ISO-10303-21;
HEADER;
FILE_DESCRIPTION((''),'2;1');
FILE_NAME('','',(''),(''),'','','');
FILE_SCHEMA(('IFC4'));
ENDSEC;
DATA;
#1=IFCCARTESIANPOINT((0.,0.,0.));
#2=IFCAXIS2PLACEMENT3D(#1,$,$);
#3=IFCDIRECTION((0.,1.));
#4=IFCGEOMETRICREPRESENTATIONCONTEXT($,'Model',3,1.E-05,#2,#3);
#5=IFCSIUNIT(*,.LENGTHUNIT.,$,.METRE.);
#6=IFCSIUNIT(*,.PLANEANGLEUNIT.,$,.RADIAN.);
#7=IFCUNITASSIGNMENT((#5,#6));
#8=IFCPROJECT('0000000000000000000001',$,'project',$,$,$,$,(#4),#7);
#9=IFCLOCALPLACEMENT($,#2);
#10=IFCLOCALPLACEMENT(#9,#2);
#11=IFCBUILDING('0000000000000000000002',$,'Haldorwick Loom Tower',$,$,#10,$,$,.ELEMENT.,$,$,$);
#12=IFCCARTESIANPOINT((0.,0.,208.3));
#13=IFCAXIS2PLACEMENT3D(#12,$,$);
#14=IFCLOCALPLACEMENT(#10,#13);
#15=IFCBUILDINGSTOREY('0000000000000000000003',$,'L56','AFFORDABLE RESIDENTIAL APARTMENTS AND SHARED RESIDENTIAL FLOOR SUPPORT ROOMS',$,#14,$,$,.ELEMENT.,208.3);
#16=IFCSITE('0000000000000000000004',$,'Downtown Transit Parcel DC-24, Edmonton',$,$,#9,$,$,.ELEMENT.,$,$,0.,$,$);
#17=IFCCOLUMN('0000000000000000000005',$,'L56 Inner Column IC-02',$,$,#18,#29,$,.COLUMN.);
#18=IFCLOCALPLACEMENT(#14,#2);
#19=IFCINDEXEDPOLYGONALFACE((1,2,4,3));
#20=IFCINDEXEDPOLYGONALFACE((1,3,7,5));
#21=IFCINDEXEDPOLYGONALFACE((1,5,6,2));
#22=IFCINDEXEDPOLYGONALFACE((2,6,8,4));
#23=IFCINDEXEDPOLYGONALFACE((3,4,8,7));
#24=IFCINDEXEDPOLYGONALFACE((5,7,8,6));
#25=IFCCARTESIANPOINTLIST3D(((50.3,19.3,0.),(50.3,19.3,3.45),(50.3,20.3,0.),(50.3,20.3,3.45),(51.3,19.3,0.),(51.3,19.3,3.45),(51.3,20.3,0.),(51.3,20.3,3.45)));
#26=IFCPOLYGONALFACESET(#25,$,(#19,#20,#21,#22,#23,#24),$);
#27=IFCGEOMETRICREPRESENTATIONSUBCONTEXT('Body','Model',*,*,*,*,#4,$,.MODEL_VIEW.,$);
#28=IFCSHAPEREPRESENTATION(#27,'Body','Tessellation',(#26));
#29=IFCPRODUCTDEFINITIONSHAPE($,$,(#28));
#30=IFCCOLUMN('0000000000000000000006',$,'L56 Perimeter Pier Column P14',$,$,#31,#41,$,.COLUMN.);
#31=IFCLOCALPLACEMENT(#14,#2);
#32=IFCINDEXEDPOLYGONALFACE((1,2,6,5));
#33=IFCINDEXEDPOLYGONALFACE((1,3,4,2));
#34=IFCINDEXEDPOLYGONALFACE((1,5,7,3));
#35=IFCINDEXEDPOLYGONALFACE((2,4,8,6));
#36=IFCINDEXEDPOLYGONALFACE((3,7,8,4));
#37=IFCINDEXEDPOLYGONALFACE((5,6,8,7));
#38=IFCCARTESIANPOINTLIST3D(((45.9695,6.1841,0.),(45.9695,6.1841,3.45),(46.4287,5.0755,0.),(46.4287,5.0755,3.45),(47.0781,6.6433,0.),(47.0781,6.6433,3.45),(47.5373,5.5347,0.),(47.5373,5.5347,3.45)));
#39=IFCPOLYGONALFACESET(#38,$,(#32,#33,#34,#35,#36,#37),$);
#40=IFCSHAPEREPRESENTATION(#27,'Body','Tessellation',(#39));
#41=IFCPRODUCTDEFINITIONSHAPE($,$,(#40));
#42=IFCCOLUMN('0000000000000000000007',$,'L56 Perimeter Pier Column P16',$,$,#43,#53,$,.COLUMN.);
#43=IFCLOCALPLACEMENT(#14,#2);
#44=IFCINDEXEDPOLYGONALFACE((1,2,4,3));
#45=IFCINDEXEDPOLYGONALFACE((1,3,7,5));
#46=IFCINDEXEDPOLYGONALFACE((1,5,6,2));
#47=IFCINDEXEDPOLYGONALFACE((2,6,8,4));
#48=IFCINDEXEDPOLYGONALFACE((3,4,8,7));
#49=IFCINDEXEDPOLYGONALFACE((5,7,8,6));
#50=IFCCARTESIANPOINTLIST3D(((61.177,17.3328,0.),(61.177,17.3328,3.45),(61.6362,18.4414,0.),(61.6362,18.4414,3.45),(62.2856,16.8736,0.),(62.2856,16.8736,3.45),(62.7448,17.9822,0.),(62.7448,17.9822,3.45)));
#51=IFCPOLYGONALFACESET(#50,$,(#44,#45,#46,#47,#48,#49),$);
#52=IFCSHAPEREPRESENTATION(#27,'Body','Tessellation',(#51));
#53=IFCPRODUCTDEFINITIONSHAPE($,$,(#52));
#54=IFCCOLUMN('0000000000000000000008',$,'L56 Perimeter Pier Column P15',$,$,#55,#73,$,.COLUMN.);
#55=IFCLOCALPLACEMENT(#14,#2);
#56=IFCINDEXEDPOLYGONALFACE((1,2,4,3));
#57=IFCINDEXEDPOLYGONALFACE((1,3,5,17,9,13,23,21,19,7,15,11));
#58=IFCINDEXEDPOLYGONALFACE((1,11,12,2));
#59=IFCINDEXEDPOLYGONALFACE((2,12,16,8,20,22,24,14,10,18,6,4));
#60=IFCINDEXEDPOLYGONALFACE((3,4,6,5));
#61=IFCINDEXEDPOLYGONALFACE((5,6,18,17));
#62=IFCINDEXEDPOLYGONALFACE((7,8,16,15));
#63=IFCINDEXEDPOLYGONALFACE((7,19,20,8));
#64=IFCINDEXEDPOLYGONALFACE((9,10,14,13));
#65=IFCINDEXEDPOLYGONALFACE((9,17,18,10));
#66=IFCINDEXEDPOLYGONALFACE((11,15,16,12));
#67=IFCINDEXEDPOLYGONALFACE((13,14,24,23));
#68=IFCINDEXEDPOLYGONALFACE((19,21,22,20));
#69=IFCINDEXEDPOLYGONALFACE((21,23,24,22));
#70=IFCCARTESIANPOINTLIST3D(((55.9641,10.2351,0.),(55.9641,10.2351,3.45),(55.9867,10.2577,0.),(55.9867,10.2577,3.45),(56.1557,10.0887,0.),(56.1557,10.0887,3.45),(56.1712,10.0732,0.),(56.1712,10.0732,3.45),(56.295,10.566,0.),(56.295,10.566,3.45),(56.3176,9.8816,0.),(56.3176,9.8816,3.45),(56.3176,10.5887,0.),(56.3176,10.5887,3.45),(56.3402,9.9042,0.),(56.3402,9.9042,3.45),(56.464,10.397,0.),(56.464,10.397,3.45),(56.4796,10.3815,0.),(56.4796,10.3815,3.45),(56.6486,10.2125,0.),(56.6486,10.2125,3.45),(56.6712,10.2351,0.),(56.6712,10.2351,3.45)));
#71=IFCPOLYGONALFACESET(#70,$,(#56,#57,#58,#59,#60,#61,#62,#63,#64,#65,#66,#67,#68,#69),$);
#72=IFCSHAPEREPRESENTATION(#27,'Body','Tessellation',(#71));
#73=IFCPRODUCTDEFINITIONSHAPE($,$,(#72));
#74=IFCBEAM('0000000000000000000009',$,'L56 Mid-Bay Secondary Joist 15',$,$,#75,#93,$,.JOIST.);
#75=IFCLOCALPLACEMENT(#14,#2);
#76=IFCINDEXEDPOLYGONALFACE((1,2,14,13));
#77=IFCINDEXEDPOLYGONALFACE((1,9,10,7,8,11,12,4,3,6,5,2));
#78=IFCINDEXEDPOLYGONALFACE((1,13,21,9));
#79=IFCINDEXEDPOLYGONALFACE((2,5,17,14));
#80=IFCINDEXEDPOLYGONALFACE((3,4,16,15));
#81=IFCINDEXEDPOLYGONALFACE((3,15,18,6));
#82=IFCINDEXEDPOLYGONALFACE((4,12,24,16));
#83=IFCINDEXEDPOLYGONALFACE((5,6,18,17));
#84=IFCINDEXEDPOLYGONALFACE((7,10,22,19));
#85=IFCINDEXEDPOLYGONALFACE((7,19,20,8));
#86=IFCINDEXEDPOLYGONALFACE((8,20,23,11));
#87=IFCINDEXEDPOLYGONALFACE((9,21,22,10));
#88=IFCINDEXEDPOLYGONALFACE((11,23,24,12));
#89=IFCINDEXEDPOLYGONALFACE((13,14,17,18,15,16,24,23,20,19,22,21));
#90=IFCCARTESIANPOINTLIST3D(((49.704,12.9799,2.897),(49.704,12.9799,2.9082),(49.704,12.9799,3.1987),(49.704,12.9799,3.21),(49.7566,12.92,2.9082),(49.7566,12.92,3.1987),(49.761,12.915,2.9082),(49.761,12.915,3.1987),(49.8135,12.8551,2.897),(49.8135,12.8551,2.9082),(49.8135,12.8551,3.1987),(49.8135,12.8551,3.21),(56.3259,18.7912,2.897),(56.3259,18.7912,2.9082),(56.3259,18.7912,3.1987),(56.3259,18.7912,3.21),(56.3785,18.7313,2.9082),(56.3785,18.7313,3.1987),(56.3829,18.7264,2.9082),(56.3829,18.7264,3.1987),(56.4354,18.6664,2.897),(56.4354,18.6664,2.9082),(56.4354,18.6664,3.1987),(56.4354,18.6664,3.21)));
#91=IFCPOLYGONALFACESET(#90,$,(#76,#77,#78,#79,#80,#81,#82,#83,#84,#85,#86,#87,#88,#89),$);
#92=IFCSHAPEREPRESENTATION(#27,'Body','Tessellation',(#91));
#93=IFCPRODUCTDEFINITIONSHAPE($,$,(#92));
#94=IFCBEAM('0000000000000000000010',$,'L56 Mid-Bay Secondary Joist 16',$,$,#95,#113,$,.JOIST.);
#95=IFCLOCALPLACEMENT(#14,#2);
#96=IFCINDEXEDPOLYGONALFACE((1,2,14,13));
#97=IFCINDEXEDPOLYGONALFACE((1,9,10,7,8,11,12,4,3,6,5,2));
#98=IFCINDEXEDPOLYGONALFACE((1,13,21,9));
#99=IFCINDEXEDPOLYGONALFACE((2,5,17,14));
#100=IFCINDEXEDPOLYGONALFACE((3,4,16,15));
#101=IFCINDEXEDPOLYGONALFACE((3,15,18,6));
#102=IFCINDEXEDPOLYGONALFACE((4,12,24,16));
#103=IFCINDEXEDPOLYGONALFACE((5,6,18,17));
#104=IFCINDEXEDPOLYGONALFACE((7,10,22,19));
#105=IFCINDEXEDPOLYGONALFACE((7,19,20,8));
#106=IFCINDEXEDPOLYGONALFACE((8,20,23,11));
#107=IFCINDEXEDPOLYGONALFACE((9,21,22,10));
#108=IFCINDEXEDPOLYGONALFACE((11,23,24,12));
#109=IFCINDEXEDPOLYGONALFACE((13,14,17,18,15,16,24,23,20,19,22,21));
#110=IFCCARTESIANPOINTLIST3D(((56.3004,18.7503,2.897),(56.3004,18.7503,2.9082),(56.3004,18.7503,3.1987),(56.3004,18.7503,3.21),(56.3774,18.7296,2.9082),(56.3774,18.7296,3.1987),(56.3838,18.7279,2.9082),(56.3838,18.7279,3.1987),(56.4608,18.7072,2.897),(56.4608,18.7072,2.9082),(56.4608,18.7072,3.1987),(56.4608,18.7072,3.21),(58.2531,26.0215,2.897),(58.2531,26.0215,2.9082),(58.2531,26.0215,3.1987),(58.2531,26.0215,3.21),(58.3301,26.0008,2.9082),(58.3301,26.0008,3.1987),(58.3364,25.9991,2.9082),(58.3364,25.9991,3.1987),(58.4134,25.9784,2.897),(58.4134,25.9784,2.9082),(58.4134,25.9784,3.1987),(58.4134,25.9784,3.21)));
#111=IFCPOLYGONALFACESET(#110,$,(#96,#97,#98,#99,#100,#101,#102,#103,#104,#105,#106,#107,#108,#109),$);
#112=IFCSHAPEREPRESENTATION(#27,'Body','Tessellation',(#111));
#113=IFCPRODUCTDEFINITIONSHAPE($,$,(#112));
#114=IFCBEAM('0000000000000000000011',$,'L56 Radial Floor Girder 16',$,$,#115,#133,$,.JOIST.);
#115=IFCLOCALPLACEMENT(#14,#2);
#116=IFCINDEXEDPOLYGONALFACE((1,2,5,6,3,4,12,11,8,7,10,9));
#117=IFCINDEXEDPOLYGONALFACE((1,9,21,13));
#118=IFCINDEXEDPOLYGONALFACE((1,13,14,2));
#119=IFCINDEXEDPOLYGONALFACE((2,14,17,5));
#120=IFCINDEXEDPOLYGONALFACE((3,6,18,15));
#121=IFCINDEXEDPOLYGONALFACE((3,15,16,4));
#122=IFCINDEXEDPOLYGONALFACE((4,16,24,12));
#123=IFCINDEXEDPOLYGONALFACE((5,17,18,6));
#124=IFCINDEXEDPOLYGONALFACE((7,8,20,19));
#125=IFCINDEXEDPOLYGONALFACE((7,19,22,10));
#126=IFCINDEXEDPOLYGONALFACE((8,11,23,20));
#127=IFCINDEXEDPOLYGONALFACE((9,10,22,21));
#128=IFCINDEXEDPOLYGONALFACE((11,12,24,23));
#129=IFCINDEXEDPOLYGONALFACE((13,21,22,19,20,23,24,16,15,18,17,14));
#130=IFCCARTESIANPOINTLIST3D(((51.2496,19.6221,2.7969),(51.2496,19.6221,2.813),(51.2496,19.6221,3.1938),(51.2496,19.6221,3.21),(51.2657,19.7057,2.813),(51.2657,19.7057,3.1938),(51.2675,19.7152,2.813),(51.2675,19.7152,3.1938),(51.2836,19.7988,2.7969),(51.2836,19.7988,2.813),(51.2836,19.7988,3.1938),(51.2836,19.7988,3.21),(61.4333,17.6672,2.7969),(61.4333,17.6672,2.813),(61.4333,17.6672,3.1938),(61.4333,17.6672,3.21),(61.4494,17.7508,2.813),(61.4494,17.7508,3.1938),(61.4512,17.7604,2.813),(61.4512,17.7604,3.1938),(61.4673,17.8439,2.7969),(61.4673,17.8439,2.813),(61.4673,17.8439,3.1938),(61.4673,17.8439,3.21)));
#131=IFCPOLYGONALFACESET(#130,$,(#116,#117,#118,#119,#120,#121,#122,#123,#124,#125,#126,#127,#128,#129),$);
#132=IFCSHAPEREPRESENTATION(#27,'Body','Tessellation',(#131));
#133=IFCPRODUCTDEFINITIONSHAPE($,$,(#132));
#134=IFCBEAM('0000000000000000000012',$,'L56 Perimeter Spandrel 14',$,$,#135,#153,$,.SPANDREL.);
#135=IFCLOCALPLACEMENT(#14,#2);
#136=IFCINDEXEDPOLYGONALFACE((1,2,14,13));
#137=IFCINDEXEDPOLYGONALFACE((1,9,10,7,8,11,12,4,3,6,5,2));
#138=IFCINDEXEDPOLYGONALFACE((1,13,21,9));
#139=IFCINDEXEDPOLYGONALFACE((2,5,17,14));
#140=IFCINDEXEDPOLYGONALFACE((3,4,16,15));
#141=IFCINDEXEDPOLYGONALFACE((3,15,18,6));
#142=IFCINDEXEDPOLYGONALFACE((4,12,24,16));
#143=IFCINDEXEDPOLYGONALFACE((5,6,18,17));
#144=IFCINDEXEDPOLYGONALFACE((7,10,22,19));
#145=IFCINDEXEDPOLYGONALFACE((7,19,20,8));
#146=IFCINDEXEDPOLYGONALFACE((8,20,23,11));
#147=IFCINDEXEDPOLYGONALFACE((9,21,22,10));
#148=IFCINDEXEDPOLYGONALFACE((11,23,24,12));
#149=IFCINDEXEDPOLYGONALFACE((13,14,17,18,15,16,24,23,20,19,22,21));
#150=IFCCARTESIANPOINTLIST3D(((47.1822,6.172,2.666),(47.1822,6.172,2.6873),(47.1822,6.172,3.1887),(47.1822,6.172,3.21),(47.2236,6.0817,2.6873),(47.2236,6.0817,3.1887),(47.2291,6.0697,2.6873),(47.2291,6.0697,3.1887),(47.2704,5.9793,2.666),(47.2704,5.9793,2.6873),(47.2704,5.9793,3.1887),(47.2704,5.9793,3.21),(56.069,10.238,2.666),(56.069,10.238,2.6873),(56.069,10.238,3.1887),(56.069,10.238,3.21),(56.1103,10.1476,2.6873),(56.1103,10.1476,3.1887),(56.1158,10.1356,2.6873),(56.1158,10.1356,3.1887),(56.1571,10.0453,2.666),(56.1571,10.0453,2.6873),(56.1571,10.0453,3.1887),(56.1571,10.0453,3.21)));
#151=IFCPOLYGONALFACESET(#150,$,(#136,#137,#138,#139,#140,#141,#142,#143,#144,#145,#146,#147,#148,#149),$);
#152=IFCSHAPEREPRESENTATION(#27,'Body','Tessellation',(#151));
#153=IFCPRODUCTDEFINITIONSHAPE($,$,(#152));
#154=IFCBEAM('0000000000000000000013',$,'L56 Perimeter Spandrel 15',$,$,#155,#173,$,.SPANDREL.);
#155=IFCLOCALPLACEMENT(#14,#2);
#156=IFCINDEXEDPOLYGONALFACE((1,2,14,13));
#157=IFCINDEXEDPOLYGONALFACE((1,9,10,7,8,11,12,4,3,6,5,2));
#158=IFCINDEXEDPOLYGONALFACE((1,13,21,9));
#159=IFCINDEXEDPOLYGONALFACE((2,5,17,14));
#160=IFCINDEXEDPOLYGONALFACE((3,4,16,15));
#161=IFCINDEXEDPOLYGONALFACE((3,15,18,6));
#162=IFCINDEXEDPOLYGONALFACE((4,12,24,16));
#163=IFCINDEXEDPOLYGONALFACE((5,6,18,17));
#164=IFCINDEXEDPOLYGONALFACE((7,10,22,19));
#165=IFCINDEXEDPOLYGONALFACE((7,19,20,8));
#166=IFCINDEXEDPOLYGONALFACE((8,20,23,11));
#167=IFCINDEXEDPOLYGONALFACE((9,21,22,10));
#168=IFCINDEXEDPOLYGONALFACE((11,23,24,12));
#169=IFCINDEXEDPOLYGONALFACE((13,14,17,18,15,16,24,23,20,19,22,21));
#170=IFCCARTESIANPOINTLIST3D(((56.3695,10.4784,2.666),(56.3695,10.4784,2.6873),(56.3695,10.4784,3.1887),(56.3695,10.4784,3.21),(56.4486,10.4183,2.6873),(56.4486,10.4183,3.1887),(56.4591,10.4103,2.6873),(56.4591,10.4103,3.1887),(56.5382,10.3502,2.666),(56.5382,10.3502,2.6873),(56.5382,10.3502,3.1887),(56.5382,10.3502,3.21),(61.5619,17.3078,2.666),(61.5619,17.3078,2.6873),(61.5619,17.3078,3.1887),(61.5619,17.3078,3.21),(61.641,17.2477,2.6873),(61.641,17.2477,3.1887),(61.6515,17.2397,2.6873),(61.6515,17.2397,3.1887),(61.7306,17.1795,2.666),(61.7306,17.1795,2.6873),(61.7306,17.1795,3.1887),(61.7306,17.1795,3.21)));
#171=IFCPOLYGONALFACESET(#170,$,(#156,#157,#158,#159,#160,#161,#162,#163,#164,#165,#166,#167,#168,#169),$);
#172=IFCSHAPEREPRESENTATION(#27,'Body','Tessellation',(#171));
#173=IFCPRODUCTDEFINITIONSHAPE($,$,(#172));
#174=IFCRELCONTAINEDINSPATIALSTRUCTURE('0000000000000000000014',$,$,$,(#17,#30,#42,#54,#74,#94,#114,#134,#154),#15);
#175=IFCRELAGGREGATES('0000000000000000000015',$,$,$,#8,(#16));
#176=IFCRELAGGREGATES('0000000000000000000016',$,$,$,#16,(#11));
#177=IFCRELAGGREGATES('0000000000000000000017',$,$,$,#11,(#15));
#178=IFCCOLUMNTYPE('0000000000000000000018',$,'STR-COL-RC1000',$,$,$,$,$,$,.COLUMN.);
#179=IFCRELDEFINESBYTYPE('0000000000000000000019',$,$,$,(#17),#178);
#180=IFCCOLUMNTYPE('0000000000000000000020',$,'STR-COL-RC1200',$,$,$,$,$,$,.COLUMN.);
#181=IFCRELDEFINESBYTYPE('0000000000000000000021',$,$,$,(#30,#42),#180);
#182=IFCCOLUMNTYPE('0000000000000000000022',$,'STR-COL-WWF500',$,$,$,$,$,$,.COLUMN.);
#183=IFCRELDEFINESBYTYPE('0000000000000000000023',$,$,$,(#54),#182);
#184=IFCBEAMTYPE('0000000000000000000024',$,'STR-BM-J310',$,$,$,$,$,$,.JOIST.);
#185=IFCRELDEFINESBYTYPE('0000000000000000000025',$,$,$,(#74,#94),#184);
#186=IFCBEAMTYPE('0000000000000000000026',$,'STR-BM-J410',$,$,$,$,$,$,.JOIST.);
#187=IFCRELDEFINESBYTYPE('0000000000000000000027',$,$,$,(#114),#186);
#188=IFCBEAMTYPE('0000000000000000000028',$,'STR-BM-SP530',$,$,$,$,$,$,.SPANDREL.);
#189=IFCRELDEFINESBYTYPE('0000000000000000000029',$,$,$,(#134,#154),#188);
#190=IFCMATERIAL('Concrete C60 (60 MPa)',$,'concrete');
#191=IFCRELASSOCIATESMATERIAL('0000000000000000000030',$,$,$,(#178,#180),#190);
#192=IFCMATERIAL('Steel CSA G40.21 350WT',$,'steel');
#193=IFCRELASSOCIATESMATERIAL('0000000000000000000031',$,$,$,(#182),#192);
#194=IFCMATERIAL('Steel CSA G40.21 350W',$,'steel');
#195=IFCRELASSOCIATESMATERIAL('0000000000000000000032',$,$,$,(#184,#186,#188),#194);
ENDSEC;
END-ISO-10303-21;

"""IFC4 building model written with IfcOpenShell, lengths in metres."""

from ifc_helpers import new_model, si_unit, direction, frame, origin, origin_2d, place, context, subcontext, project, spatial, rectangle, i_section, extrude, material, material_profile, profile_set, type_object, element, save


model = new_model("IFC4")

# Units and contexts
model_context = context("Model", 3, precision=1e-05, world=origin(), true_north=direction((0.0, 1.0)))
body_context = subcontext(model_context, "Body", "Model", "MODEL_VIEW")
ifc_project = project(units=[si_unit("LENGTHUNIT", "METRE"), si_unit("PLANEANGLEUNIT", "RADIAN")], contexts=[model_context])

# Site, building, storey
site_placement = place(None, origin())
site = spatial("IfcSite", under=ifc_project, at=site_placement, Name="Downtown Transit Parcel DC-24, Edmonton", CompositionType="ELEMENT", RefElevation=0.0)
building_placement = place(site_placement, origin())
building = spatial("IfcBuilding", under=site, at=building_placement, Name="Haldorwick Loom Tower", CompositionType="ELEMENT")
storey_placement = place(building_placement, frame((0.0, 0.0, 208.3)))
storey = spatial("IfcBuildingStorey", under=building, at=storey_placement, Name="L56", Description="AFFORDABLE RESIDENTIAL APARTMENTS AND SHARED RESIDENTIAL FLOOR SUPPORT ROOMS", CompositionType="ELEMENT", Elevation=208.3)

# Columns
ifc_material_1 = material(Name="Concrete C60 (60 MPa)", Category="concrete")
ifc_material_profile_1 = material_profile(ifc_material_1, rectangle(XDim=1.0, YDim=1.0, at=origin_2d()), Name="RC1000X1000", Category="concrete")
ifc_profile_set_1 = profile_set([ifc_material_profile_1], Name="Concrete C60 (60 MPa)")
column_type_1 = type_object("IfcColumnType", Name="STR-COL-RC1000", PredefinedType="COLUMN", material=ifc_profile_set_1)
column_1_placement = place(storey_placement, frame((50.8, 19.8, 0.0), z_axis=(0.0, 0.0, 1.0), x_axis=(1.0, 0.0, 0.0)))
element("IfcColumn", 1, at=column_1_placement, inside=storey, type_object=column_type_1, Name="L56 Inner Column IC-02", PredefinedType="COLUMN", context=body_context, shape_type="SweptSolid", body=[
    extrude(rectangle(XDim=1.0, YDim=1.0, at=origin_2d()), origin(), (0.0, 0.0, 1.0), 3.45),
])
ifc_material_profile_2 = material_profile(ifc_material_1, rectangle(XDim=1.2, YDim=1.2, at=origin_2d()), Name="RC1200X1200", Category="concrete")
ifc_profile_set_2 = profile_set([ifc_material_profile_2], Name="Concrete C60 (60 MPa)")
column_type_2 = type_object("IfcColumnType", Name="STR-COL-RC1200", PredefinedType="COLUMN", material=ifc_profile_set_2)
for number, where, z_axis, x_axis, name in (
    (2, (46.7534, 5.8594, 0.0), (0.0, 0.0, 1.0), (0.382683, -0.92388, 0.0), "L56 Perimeter Pier Column P14"),
    (3, (61.9609, 17.6575, 0.0), (0.0, 0.0, 1.0), (0.92388, -0.382683, 0.0), "L56 Perimeter Pier Column P16"),
):
    element("IfcColumn", number, at=place(storey_placement, frame(where, z_axis=z_axis, x_axis=x_axis)), inside=storey, type_object=column_type_2, Name=name, PredefinedType="COLUMN", context=body_context, shape_type="SweptSolid", body=[
        extrude(rectangle(XDim=1.2, YDim=1.2, at=origin_2d()), origin(), (0.0, 0.0, 1.0), 3.45),
    ])
ifc_material_2 = material(Name="Steel CSA G40.21 350WT", Category="steel")
ifc_material_profile_3 = material_profile(ifc_material_2, i_section(OverallWidth=0.5, OverallDepth=0.5, WebThickness=0.022, FlangeThickness=0.032, at=origin_2d()), Name="WWF500X500", Category="steel")
ifc_profile_set_3 = profile_set([ifc_material_profile_3], Name="Steel CSA G40.21 350WT")
column_type_3 = type_object("IfcColumnType", Name="STR-COL-WWF500", PredefinedType="COLUMN", material=ifc_profile_set_3)
column_2_placement = place(storey_placement, frame((56.3176, 10.2351, 0.0), z_axis=(0.0, 0.0, 1.0), x_axis=(0.707107, -0.707107, 0.0)))
element("IfcColumn", 4, at=column_2_placement, inside=storey, type_object=column_type_3, Name="L56 Perimeter Pier Column P15", PredefinedType="COLUMN", context=body_context, shape_type="SweptSolid", body=[
    extrude(i_section(OverallWidth=0.5, OverallDepth=0.5, WebThickness=0.022, FlangeThickness=0.032, at=origin_2d()), origin(), (0.0, 0.0, 1.0), 3.45),
])

# Beams
ifc_material_3 = material(Name="Steel CSA G40.21 350W", Category="steel")
ifc_material_profile_4 = material_profile(ifc_material_3, i_section(OverallWidth=0.166, OverallDepth=0.313, WebThickness=0.0066, FlangeThickness=0.0112, at=origin_2d()), Name="W310X45", Category="steel")
ifc_profile_set_4 = profile_set([ifc_material_profile_4], Name="Steel CSA G40.21 350W")
beam_type_1 = type_object("IfcBeamType", Name="STR-BM-J310", PredefinedType="JOIST", material=ifc_profile_set_4)
beam_1_placement = place(storey_placement, frame((49.7588, 12.9175, 3.0535), z_axis=(0.751609, 0.659608, 0.0), x_axis=(-0.659608, 0.751609, 0.0)))
element("IfcBeam", 5, at=beam_1_placement, inside=storey, type_object=beam_type_1, Name="L56 Mid-Bay Secondary Joist 15", PredefinedType="JOIST", context=body_context, shape_type="SweptSolid", body=[
    extrude(i_section(OverallWidth=0.166, OverallDepth=0.313, WebThickness=0.0066, FlangeThickness=0.0112, at=origin_2d()), origin(), (0.0, 0.0, 1.0), 8.8103),
])
beam_2_placement = place(storey_placement, frame((56.3806, 18.7288, 3.0535), z_axis=(0.259354, 0.965782, 0.0), x_axis=(-0.965782, 0.259354, 0.0)))
element("IfcBeam", 6, at=beam_2_placement, inside=storey, type_object=beam_type_1, Name="L56 Mid-Bay Secondary Joist 16", PredefinedType="JOIST", context=body_context, shape_type="SweptSolid", body=[
    extrude(i_section(OverallWidth=0.166, OverallDepth=0.313, WebThickness=0.0066, FlangeThickness=0.0112, at=origin_2d()), origin(), (0.0, 0.0, 1.0), 7.5288),
])
ifc_material_profile_5 = material_profile(ifc_material_3, i_section(OverallWidth=0.1799, OverallDepth=0.4131, WebThickness=0.0098, FlangeThickness=0.0161, at=origin_2d()), Name="W410X74", Category="steel")
ifc_profile_set_5 = profile_set([ifc_material_profile_5], Name="Steel CSA G40.21 350W")
beam_type_2 = type_object("IfcBeamType", Name="STR-BM-J410", PredefinedType="JOIST", material=ifc_profile_set_5)
beam_3_placement = place(storey_placement, frame((51.2666, 19.7104, 3.0034), z_axis=(0.98207, -0.188517, 0.0), x_axis=(0.188517, 0.98207, 0.0)))
element("IfcBeam", 7, at=beam_3_placement, inside=storey, type_object=beam_type_2, Name="L56 Radial Floor Girder 16", PredefinedType="JOIST", context=body_context, shape_type="SweptSolid", body=[
    extrude(i_section(OverallWidth=0.1799, OverallDepth=0.4131, WebThickness=0.0098, FlangeThickness=0.0161, at=origin_2d()), origin(), (0.0, 0.0, 1.0), 10.3696),
])
ifc_material_profile_6 = material_profile(ifc_material_3, i_section(OverallWidth=0.2119, OverallDepth=0.5439, WebThickness=0.0132, FlangeThickness=0.0212, at=origin_2d()), Name="W530X123", Category="steel")
ifc_profile_set_6 = profile_set([ifc_material_profile_6], Name="Steel CSA G40.21 350W")
beam_type_3 = type_object("IfcBeamType", Name="STR-BM-SP530", PredefinedType="SPANDREL", material=ifc_profile_set_6)
beam_4_placement = place(storey_placement, frame((47.2263, 6.0757, 2.938), z_axis=(0.909342, 0.416049, 0.0), x_axis=(-0.416049, 0.909342, 0.0)))
element("IfcBeam", 8, at=beam_4_placement, inside=storey, type_object=beam_type_3, Name="L56 Perimeter Spandrel 14", PredefinedType="SPANDREL", context=body_context, shape_type="SweptSolid", body=[
    extrude(i_section(OverallWidth=0.2119, OverallDepth=0.5439, WebThickness=0.0132, FlangeThickness=0.0212, at=origin_2d()), origin(), (0.0, 0.0, 1.0), 9.7727),
])
beam_5_placement = place(storey_placement, frame((56.4539, 10.4143, 2.938), z_axis=(0.605237, 0.796045, 0.0), x_axis=(-0.796045, 0.605237, 0.0)))
element("IfcBeam", 9, at=beam_5_placement, inside=storey, type_object=beam_type_3, Name="L56 Perimeter Spandrel 15", PredefinedType="SPANDREL", context=body_context, shape_type="SweptSolid", body=[
    extrude(i_section(OverallWidth=0.2119, OverallDepth=0.5439, WebThickness=0.0132, FlangeThickness=0.0212, at=origin_2d()), origin(), (0.0, 0.0, 1.0), 8.5791),
])

save(model, "model.ifc")
